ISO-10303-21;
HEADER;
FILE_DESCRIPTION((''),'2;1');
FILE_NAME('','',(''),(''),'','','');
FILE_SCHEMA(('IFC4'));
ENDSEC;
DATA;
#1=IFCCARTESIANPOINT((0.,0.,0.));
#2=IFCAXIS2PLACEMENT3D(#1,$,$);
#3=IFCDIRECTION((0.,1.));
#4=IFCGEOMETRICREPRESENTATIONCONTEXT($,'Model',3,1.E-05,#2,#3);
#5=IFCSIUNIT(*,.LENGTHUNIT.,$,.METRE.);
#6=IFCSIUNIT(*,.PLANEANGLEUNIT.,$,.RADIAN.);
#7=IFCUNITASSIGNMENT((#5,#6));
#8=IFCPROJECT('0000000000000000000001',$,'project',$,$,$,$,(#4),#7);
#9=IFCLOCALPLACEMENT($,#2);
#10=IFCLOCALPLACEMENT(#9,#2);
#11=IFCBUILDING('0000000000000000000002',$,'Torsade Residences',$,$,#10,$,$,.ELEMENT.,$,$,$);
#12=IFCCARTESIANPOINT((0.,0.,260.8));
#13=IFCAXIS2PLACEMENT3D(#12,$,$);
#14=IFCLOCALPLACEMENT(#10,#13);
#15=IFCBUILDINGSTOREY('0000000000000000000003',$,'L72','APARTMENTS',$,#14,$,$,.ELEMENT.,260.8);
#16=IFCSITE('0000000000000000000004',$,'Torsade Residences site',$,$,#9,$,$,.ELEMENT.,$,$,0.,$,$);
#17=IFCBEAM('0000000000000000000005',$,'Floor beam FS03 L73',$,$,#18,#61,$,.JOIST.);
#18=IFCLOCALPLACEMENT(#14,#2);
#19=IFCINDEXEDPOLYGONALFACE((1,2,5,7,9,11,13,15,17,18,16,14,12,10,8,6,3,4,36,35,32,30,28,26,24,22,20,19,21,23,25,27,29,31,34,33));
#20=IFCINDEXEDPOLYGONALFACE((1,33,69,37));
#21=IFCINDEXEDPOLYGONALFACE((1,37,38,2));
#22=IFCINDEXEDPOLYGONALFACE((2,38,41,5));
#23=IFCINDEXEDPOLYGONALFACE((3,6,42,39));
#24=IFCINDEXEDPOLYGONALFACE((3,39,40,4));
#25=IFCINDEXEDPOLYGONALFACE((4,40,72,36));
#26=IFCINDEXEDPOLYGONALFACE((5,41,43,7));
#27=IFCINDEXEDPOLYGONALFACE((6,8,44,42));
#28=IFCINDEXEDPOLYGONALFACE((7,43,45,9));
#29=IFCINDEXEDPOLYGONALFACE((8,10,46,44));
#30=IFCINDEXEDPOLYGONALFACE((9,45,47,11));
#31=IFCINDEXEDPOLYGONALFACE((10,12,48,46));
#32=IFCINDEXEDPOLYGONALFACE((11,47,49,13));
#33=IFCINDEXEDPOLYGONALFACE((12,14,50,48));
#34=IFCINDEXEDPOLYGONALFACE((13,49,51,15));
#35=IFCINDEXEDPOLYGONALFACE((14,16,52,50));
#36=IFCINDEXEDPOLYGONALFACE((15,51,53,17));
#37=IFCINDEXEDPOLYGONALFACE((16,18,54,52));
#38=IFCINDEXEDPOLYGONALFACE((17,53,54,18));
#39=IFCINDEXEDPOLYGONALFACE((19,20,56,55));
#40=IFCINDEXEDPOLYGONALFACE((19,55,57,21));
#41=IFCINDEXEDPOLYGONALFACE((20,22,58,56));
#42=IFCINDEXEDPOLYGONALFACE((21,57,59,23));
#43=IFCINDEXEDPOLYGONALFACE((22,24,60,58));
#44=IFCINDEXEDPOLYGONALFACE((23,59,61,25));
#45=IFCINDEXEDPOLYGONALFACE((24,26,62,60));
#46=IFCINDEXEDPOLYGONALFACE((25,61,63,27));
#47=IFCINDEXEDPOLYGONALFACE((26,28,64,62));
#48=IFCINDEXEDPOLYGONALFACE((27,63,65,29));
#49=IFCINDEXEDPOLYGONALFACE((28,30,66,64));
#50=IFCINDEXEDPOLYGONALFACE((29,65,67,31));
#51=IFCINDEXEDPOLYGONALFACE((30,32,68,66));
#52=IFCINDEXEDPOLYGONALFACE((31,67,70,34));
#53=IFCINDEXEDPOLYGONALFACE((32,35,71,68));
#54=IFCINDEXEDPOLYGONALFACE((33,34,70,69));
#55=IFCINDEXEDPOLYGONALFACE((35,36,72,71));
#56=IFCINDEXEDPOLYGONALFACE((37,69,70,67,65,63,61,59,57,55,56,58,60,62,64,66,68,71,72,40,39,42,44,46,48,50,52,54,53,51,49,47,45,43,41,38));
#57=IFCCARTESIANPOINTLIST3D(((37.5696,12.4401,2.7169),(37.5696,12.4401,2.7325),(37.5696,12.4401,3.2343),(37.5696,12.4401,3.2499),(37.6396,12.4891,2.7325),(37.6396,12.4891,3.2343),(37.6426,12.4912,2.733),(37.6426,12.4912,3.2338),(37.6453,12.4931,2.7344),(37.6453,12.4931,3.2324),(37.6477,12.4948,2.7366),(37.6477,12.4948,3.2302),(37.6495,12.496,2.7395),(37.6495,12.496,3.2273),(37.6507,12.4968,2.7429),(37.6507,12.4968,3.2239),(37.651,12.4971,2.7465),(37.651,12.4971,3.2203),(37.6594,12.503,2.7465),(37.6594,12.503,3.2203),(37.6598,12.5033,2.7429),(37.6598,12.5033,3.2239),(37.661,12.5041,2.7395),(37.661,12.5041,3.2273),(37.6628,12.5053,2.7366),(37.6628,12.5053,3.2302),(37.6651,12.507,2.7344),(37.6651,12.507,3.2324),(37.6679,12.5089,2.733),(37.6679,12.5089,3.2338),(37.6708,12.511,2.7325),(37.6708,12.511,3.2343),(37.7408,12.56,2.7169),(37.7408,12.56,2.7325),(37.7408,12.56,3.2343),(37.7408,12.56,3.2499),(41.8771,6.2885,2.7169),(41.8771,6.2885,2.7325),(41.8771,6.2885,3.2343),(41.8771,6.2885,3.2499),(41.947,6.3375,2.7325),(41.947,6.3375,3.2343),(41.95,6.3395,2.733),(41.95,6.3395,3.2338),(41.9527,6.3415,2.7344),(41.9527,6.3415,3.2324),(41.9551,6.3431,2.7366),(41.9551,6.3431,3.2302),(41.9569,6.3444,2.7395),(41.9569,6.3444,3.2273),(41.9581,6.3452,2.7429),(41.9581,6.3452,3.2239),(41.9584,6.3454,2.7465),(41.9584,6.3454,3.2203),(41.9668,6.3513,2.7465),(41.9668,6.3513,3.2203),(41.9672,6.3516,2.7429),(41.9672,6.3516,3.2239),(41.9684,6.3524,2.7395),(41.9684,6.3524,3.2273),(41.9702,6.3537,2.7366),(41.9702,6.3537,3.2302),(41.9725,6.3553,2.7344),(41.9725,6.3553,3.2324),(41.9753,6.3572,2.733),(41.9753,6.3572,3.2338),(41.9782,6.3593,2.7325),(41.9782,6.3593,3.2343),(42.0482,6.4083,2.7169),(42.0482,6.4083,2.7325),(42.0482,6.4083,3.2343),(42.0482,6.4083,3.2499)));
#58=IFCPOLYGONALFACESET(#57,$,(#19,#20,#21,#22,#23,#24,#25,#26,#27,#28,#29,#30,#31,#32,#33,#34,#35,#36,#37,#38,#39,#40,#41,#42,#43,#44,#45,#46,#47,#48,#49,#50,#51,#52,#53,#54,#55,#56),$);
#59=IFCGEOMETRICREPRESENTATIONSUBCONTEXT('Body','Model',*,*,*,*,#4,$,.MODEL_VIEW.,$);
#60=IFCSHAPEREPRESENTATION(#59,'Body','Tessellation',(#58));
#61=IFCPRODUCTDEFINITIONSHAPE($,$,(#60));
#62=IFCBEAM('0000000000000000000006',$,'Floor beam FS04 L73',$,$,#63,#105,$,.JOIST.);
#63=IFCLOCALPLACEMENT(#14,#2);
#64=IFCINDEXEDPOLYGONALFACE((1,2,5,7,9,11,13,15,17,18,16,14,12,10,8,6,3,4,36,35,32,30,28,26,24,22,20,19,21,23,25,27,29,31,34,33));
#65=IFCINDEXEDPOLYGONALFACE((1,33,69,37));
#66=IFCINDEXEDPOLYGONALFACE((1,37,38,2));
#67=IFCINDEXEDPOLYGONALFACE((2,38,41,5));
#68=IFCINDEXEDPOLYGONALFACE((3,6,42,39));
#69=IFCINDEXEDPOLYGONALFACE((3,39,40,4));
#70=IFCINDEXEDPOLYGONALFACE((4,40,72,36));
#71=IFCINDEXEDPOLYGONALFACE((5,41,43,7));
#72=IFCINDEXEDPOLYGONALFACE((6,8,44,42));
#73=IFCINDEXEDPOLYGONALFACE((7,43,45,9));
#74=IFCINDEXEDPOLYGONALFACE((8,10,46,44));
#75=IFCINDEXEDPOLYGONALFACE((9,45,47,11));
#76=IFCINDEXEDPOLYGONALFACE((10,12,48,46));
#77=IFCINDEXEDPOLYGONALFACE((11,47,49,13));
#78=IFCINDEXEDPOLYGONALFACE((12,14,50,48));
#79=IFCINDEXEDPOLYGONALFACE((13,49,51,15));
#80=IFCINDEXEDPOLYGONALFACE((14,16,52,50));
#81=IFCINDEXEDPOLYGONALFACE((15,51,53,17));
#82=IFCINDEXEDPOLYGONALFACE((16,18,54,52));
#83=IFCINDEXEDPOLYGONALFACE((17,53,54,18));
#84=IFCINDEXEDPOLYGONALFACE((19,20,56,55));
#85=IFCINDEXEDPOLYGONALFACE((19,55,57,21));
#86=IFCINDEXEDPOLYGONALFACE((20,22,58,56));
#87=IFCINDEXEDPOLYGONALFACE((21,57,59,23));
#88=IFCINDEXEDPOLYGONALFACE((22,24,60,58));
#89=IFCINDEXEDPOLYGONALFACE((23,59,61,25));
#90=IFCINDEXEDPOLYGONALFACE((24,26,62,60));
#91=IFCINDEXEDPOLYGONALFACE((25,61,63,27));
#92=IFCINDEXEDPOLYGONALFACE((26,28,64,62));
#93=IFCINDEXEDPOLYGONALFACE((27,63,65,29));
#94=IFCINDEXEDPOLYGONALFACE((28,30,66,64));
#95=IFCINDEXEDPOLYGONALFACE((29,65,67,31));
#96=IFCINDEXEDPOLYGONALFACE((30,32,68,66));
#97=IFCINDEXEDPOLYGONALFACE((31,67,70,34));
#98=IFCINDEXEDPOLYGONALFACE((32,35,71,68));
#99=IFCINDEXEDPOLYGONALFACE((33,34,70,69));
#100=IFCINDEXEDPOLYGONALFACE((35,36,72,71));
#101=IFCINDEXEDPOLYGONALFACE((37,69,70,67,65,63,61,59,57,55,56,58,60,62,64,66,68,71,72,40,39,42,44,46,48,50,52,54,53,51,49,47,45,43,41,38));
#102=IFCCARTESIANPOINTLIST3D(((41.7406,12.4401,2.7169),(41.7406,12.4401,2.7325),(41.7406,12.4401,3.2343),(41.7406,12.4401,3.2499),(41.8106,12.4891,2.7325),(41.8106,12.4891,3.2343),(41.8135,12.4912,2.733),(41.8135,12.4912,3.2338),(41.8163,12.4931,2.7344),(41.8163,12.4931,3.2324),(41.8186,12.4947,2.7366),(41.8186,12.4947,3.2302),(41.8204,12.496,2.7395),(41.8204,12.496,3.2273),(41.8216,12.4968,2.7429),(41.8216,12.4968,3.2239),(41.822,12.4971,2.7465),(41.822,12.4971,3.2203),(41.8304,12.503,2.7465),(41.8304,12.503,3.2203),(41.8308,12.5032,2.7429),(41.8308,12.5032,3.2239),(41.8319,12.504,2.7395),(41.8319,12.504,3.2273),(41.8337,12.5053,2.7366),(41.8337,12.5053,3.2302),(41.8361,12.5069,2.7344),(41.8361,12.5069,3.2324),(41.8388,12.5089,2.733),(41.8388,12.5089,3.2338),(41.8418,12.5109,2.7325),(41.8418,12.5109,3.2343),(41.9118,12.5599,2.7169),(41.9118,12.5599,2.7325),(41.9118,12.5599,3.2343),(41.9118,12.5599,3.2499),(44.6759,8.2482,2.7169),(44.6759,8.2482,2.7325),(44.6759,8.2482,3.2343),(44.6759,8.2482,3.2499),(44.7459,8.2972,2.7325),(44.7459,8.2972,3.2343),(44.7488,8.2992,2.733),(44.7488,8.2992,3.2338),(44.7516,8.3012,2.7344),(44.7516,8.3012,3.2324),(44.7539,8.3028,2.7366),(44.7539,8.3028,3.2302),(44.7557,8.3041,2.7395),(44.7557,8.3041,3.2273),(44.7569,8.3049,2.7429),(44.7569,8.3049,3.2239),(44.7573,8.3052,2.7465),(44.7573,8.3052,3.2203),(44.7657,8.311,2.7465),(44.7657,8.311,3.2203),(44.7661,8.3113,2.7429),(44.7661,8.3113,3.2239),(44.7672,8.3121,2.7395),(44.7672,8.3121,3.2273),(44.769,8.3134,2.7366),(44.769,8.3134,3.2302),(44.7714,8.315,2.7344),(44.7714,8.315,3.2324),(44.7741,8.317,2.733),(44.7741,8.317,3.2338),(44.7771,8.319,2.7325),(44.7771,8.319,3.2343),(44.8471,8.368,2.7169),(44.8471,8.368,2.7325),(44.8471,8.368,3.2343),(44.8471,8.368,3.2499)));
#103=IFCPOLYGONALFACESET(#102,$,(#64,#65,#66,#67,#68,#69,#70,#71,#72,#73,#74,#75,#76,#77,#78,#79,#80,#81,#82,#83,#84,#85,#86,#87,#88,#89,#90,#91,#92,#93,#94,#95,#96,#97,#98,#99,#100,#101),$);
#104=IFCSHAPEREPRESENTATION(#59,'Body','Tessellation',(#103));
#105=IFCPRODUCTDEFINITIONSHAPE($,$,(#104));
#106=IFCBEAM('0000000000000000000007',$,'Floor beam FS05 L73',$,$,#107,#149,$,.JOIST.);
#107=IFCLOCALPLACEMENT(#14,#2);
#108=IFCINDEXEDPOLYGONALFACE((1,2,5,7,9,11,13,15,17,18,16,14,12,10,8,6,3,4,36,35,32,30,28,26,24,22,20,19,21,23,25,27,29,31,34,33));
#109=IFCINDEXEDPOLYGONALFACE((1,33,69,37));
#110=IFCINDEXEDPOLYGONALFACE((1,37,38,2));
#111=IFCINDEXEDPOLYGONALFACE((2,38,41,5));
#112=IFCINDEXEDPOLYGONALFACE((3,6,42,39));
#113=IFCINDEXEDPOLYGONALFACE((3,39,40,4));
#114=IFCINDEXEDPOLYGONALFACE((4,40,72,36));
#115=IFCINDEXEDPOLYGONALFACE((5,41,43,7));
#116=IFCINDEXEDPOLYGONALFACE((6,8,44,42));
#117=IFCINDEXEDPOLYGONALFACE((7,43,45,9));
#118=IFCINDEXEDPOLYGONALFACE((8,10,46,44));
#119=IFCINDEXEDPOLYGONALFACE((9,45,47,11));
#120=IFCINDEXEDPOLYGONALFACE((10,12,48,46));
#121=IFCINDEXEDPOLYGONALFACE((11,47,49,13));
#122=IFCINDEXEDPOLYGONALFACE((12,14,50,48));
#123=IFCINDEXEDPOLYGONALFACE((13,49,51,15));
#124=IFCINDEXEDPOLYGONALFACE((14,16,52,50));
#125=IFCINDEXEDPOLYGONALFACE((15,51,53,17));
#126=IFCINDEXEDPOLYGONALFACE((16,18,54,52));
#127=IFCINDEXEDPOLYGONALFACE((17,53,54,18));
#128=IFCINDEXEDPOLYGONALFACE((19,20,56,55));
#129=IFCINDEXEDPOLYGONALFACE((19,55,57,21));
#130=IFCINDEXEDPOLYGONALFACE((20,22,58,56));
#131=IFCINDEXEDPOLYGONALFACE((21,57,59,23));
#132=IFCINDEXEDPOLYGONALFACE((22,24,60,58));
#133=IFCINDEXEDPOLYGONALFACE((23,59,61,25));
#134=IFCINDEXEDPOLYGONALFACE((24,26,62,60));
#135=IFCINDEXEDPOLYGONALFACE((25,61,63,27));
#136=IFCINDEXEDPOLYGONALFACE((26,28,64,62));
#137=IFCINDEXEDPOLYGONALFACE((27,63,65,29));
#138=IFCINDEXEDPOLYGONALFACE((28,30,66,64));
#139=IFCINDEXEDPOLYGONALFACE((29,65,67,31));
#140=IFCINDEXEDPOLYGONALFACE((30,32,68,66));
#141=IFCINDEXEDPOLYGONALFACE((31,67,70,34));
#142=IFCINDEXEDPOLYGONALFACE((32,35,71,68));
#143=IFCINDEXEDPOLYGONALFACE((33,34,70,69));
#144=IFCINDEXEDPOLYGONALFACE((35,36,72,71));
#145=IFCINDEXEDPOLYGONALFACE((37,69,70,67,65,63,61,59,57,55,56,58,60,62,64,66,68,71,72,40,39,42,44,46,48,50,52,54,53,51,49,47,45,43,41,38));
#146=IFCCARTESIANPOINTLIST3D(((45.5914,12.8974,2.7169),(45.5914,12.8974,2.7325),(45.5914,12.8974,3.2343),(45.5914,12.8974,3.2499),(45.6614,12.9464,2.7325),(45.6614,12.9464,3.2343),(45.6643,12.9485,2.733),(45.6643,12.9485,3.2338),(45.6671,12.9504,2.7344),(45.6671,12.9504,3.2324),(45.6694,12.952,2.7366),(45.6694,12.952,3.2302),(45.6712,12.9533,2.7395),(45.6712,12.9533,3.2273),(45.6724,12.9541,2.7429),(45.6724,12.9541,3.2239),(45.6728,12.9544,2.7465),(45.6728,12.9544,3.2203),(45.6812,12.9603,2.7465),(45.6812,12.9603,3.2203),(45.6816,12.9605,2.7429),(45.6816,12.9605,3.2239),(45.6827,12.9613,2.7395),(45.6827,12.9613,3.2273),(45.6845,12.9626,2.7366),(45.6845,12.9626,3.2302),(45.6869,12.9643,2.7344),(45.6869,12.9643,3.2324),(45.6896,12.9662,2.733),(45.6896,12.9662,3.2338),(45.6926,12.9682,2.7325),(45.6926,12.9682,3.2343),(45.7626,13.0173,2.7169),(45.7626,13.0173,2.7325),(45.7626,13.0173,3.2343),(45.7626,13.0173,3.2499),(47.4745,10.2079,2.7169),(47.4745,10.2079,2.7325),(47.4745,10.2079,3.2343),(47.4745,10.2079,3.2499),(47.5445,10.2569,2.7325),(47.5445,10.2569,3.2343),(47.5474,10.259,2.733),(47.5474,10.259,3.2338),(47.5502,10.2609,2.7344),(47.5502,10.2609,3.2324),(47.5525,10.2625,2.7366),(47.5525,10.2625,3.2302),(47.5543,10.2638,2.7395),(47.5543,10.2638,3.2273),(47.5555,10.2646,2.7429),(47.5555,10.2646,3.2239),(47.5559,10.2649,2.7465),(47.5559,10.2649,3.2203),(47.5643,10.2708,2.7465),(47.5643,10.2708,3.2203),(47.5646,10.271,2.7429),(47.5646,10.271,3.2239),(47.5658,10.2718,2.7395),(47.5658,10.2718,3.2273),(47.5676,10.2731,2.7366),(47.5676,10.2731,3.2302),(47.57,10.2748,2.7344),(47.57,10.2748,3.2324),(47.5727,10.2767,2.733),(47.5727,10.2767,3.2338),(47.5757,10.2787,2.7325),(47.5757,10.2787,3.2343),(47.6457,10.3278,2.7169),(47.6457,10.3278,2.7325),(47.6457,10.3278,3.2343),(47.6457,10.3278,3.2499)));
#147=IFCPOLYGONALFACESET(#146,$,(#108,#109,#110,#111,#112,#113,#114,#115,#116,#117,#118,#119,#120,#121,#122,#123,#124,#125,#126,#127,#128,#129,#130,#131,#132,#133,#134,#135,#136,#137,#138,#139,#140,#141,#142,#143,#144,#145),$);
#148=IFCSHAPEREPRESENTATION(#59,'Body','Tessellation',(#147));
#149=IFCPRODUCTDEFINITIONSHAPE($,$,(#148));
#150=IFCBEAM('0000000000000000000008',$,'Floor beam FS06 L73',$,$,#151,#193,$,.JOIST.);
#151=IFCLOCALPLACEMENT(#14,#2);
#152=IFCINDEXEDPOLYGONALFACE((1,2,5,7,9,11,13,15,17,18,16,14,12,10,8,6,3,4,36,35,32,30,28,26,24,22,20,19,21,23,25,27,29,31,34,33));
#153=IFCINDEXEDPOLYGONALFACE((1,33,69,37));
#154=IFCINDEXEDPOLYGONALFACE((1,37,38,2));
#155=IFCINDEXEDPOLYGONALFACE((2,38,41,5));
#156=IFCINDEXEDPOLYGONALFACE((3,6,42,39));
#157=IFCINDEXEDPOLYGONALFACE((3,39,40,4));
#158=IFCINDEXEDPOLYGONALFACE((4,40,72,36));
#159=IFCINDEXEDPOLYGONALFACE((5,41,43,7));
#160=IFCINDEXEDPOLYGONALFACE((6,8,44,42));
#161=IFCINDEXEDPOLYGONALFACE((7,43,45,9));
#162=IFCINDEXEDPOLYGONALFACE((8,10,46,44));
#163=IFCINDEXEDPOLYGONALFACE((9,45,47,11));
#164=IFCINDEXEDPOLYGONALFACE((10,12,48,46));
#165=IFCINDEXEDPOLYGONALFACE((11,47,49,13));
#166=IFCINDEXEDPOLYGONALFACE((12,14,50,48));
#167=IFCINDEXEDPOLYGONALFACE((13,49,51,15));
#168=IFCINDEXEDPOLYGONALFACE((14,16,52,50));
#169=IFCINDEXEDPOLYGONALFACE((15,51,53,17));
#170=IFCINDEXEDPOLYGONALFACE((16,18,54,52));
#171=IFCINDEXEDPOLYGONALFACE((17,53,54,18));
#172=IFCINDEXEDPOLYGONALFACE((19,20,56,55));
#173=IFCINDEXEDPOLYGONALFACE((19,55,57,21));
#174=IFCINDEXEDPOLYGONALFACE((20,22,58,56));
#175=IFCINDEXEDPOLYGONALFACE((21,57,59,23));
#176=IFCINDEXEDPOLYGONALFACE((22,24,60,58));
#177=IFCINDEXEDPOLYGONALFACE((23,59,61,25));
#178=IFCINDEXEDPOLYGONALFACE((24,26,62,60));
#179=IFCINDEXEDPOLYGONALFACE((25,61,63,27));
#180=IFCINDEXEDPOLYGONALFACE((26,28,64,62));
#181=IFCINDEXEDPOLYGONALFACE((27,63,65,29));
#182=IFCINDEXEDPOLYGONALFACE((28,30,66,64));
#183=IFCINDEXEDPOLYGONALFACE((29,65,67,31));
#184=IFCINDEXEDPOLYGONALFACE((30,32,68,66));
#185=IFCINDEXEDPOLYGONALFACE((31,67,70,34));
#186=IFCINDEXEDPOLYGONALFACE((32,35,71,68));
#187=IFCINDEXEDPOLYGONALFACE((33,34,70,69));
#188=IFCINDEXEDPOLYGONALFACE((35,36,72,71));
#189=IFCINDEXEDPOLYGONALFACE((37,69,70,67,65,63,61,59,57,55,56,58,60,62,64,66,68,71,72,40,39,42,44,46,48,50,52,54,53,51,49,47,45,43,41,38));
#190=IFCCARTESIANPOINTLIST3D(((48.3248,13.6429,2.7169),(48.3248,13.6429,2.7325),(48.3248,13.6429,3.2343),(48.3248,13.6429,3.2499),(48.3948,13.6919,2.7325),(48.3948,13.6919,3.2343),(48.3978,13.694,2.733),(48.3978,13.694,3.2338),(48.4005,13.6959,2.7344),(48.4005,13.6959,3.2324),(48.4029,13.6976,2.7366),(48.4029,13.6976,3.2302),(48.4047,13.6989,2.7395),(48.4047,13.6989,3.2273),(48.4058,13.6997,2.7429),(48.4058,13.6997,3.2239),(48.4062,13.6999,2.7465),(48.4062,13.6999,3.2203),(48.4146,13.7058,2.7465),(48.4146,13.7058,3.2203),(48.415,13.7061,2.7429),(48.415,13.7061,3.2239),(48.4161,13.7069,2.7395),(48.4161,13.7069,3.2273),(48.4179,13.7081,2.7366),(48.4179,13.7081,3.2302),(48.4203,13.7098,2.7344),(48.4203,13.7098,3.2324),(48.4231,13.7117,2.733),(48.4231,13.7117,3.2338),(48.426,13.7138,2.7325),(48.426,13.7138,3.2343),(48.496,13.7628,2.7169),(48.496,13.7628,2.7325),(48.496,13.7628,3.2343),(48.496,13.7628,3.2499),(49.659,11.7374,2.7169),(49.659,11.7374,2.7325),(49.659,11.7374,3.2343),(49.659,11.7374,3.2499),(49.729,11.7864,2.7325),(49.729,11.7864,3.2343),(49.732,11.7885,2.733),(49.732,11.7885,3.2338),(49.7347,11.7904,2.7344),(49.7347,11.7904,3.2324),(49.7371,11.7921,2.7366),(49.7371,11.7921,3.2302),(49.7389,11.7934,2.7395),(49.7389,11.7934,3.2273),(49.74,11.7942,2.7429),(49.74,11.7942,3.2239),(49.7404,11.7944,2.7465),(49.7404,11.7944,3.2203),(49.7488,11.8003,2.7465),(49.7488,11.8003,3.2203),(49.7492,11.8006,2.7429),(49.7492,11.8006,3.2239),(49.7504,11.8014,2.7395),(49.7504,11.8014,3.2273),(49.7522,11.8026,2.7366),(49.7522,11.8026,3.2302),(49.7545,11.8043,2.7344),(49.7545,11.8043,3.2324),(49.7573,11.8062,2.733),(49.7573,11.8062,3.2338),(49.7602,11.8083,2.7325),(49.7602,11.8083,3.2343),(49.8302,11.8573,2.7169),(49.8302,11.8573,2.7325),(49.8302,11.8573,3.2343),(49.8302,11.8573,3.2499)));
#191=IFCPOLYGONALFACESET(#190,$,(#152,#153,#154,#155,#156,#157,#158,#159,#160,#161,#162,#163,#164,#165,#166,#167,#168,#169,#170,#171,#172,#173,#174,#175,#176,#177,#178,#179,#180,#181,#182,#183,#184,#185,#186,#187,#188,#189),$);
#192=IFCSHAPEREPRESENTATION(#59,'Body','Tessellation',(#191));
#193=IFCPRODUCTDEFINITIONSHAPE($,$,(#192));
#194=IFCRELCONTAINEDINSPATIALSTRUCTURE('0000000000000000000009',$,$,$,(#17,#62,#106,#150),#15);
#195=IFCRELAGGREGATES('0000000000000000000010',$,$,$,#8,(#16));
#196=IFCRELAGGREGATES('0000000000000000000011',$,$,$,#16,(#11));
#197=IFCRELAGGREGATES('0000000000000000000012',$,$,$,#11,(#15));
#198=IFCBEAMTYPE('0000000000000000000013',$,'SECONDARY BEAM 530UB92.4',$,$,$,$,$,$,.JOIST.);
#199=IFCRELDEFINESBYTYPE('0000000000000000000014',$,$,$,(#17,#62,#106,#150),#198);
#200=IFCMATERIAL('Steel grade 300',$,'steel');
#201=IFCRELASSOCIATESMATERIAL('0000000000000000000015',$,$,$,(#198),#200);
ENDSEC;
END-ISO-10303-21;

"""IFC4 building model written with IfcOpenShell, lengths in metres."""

from ifc_helpers import new_model, si_unit, direction, frame, origin, origin_2d, place, context, subcontext, project, spatial, i_section, extrude, material, material_profile, profile_set, type_object, element, save


model = new_model("IFC4")

# Units and contexts
model_context = context("Model", 3, precision=1e-05, world=origin(), true_north=direction((0.0, 1.0)))
body_context = subcontext(model_context, "Body", "Model", "MODEL_VIEW")
ifc_project = project(units=[si_unit("LENGTHUNIT", "METRE"), si_unit("PLANEANGLEUNIT", "RADIAN")], contexts=[model_context])

# Site, building, storey
site_placement = place(None, origin())
site = spatial("IfcSite", under=ifc_project, at=site_placement, Name="Torsade Residences site", CompositionType="ELEMENT", RefElevation=0.0)
building_placement = place(site_placement, origin())
building = spatial("IfcBuilding", under=site, at=building_placement, Name="Torsade Residences", CompositionType="ELEMENT")
storey_placement = place(building_placement, frame((0.0, 0.0, 260.8)))
storey = spatial("IfcBuildingStorey", under=building, at=storey_placement, Name="L72", Description="APARTMENTS", CompositionType="ELEMENT", Elevation=260.8)

# Beams
ifc_material_1 = material(Name="Steel grade 300", Category="steel")
ifc_material_profile_1 = material_profile(ifc_material_1, i_section(OverallWidth=0.209, OverallDepth=0.533, WebThickness=0.0103, FlangeThickness=0.0156, FilletRadius=0.0139, at=origin_2d()), Name="530UB92.4")
ifc_profile_set_1 = profile_set([ifc_material_profile_1], Name="Steel grade 300")
beam_type_1 = type_object("IfcBeamType", Name="SECONDARY BEAM 530UB92.4", PredefinedType="JOIST", material=ifc_profile_set_1)
beam_1_placement = place(storey_placement, frame((41.9626, 6.3484, 2.9834), z_axis=(-0.573574, 0.819154, 0.0), x_axis=(-0.819154, -0.573574, 0.0)))
element("IfcBeam", 1, at=beam_1_placement, inside=storey, type_object=beam_type_1, Name="Floor beam FS03 L73", PredefinedType="JOIST", context=body_context, shape_type="SweptSolid", body=[
    extrude(i_section(OverallWidth=0.209, OverallDepth=0.533, WebThickness=0.0103, FlangeThickness=0.0156, FilletRadius=0.0139, at=origin_2d()), origin(), (0.0, 0.0, 1.0), 7.5098),
])
beam_2_placement = place(storey_placement, frame((44.7615, 8.3081, 2.9834), z_axis=(-0.57359, 0.819142, 0.0), x_axis=(-0.819142, -0.57359, 0.0)))
element("IfcBeam", 2, at=beam_2_placement, inside=storey, type_object=beam_type_1, Name="Floor beam FS04 L73", PredefinedType="JOIST", context=body_context, shape_type="SweptSolid", body=[
    extrude(i_section(OverallWidth=0.209, OverallDepth=0.533, WebThickness=0.0103, FlangeThickness=0.0156, FilletRadius=0.0139, at=origin_2d()), origin(), (0.0, 0.0, 1.0), 5.1174),
])
beam_3_placement = place(storey_placement, frame((47.5601, 10.2678, 2.9834), z_axis=(-0.573552, 0.819169, 0.0), x_axis=(-0.819169, -0.573552, 0.0)))
element("IfcBeam", 3, at=beam_3_placement, inside=storey, type_object=beam_type_1, Name="Floor beam FS05 L73", PredefinedType="JOIST", context=body_context, shape_type="SweptSolid", body=[
    extrude(i_section(OverallWidth=0.209, OverallDepth=0.533, WebThickness=0.0103, FlangeThickness=0.0156, FilletRadius=0.0139, at=origin_2d()), origin(), (0.0, 0.0, 1.0), 3.2832),
])
beam_4_placement = place(storey_placement, frame((49.7446, 11.7974, 2.9834), z_axis=(-0.573568, 0.819158, 0.0), x_axis=(-0.819158, -0.573568, 0.0)))
element("IfcBeam", 4, at=beam_4_placement, inside=storey, type_object=beam_type_1, Name="Floor beam FS06 L73", PredefinedType="JOIST", context=body_context, shape_type="SweptSolid", body=[
    extrude(i_section(OverallWidth=0.209, OverallDepth=0.533, WebThickness=0.0103, FlangeThickness=0.0156, FilletRadius=0.0139, at=origin_2d()), origin(), (0.0, 0.0, 1.0), 2.3262),
])

save(model, "model.ifc")
